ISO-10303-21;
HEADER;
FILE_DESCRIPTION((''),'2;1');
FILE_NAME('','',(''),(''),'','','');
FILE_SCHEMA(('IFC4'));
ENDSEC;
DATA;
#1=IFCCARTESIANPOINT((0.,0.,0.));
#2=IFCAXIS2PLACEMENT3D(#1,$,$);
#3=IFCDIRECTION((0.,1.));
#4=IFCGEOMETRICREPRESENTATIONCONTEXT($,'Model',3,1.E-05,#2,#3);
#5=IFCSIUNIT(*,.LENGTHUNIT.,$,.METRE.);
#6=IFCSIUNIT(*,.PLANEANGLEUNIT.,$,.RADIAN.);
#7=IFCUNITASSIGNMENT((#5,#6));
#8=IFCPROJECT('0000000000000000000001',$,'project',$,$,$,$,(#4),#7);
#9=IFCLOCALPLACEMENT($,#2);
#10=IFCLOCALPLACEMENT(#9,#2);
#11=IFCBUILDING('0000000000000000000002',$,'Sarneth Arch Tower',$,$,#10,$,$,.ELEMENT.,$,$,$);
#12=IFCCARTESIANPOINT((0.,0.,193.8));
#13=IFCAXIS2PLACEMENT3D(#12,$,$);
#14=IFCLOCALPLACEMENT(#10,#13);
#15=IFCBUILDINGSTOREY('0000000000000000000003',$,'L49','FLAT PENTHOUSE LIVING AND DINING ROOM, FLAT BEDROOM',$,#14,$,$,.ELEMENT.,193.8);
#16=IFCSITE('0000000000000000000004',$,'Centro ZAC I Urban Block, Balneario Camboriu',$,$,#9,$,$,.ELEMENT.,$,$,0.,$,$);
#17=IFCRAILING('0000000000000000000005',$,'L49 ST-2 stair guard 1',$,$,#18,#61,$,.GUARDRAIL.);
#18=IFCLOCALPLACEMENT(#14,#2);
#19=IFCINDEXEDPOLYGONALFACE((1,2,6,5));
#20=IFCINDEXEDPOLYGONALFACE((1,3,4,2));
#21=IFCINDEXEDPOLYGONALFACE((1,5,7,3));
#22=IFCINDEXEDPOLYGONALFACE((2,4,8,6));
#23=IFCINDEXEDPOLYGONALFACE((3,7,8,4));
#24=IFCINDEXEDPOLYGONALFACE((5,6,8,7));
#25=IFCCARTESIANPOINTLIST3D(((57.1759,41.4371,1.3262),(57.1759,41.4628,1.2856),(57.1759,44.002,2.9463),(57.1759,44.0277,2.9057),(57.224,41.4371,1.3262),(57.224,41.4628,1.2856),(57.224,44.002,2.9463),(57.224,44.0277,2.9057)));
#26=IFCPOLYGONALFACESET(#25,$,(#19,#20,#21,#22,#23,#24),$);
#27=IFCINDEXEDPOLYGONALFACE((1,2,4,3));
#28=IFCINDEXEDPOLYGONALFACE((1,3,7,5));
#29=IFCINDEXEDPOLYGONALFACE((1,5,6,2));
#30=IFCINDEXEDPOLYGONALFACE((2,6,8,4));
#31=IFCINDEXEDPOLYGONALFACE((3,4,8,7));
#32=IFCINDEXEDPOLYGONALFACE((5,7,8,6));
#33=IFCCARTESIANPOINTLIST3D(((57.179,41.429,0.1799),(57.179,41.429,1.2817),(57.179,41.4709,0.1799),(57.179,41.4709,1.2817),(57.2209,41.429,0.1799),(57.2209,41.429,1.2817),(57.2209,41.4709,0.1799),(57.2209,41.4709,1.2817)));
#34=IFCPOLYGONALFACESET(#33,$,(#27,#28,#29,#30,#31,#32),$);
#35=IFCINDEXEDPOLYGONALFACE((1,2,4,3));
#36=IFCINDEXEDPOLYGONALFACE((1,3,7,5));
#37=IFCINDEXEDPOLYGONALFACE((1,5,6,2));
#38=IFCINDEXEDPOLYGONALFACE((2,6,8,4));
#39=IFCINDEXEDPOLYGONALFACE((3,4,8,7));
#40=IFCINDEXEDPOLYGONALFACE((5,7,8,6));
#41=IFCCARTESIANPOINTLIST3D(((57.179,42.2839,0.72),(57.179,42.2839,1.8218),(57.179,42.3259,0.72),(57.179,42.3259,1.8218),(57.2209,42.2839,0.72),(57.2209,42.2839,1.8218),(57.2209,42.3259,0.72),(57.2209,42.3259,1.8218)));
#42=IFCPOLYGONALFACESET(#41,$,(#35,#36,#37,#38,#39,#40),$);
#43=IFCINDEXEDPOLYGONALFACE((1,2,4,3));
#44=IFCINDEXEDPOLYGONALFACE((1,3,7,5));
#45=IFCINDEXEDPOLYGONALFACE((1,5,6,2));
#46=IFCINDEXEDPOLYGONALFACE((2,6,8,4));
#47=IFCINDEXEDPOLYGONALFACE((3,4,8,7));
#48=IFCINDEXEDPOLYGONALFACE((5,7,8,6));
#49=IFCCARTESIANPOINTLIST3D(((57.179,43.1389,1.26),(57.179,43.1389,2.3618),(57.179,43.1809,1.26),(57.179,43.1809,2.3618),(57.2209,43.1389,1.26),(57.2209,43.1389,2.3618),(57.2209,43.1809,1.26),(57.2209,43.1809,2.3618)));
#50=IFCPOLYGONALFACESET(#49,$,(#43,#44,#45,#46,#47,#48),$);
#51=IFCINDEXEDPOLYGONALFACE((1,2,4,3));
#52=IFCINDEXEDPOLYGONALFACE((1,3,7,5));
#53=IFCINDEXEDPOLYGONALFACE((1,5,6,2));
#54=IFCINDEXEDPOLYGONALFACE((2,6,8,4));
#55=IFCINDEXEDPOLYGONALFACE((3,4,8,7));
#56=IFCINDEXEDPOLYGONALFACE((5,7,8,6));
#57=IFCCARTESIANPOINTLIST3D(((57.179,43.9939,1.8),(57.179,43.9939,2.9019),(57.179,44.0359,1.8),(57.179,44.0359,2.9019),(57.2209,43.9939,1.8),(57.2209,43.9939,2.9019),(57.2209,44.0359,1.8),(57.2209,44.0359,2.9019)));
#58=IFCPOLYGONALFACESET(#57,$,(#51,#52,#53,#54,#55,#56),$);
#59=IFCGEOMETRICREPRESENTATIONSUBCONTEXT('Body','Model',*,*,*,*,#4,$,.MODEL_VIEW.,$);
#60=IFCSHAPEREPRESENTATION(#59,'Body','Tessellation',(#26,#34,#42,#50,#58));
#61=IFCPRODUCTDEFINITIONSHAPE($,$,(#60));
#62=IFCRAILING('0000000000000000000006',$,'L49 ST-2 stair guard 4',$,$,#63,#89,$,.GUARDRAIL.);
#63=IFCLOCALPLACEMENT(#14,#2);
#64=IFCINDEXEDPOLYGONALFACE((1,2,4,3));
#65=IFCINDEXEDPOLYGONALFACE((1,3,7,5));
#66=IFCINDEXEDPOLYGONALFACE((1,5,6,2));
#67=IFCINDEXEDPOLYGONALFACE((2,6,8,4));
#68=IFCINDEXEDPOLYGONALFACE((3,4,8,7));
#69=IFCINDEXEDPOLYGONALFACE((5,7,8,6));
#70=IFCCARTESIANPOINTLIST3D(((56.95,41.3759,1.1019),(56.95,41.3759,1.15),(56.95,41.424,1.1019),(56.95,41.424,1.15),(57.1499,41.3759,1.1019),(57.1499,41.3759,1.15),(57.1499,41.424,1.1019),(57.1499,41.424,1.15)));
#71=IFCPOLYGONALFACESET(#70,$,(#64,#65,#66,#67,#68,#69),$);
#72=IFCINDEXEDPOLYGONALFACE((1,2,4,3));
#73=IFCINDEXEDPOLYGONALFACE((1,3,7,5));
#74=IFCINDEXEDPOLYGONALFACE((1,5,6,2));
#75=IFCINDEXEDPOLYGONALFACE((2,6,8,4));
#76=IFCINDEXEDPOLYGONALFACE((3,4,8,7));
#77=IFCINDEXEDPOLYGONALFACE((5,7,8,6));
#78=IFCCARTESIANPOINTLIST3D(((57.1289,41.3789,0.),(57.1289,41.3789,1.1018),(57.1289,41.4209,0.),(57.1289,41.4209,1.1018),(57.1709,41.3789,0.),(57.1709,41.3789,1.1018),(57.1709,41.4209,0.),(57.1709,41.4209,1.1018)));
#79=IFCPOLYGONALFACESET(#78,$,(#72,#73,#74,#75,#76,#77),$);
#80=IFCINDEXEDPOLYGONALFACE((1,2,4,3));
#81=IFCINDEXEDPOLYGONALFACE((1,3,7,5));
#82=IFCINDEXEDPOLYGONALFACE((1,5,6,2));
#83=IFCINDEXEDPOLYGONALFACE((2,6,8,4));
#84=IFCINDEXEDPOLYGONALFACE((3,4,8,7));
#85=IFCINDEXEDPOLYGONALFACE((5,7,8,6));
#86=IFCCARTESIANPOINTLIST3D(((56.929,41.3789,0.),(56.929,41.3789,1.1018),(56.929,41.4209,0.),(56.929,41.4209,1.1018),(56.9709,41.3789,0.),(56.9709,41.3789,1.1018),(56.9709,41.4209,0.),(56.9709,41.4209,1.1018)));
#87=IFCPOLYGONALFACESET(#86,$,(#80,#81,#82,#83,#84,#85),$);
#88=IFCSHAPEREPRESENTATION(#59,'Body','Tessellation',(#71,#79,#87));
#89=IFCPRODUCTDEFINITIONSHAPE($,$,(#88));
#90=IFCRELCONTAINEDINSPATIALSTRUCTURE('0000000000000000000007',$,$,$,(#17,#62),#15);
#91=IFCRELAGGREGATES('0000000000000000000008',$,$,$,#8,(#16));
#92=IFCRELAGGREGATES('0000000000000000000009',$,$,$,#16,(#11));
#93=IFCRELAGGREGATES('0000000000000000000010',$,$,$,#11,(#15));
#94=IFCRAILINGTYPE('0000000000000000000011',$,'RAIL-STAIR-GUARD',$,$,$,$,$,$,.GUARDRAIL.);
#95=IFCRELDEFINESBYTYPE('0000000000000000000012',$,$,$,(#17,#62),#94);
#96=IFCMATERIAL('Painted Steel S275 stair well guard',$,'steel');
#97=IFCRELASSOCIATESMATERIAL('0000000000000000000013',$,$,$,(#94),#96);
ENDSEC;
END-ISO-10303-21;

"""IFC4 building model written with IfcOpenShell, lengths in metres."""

from ifc_helpers import new_model, si_unit, direction, frame, origin, origin_2d, place, context, subcontext, project, spatial, rectangle, extrude, material, type_object, element, save


model = new_model("IFC4")

# Units and contexts
model_context = context("Model", 3, precision=1e-05, world=origin(), true_north=direction((0.0, 1.0)))
body_context = subcontext(model_context, "Body", "Model", "MODEL_VIEW")
ifc_project = project(units=[si_unit("LENGTHUNIT", "METRE"), si_unit("PLANEANGLEUNIT", "RADIAN")], contexts=[model_context])

# Site, building, storey
site_placement = place(None, origin())
site = spatial("IfcSite", under=ifc_project, at=site_placement, Name="Centro ZAC I Urban Block, Balneario Camboriu", CompositionType="ELEMENT", RefElevation=0.0)
building_placement = place(site_placement, origin())
building = spatial("IfcBuilding", under=site, at=building_placement, Name="Sarneth Arch Tower", CompositionType="ELEMENT")
storey_placement = place(building_placement, frame((0.0, 0.0, 193.8)))
storey = spatial("IfcBuildingStorey", under=building, at=storey_placement, Name="L49", Description="FLAT PENTHOUSE LIVING AND DINING ROOM, FLAT BEDROOM", CompositionType="ELEMENT", Elevation=193.8)

# Railings
ifc_material_1 = material(Name="Painted Steel S275 stair well guard", Category="steel")
railing_type_1 = type_object("IfcRailingType", Name="RAIL-STAIR-GUARD", PredefinedType="GUARDRAIL", material=ifc_material_1)
railing_1_placement = place(storey_placement, frame((57.2, 41.45, 0.1799)))
element("IfcRailing", 1, at=railing_1_placement, inside=storey, type_object=railing_type_1, Name="L49 ST-2 stair guard 1", PredefinedType="GUARDRAIL", context=body_context, shape_type="SweptSolid", body=[
    extrude(rectangle(XDim=0.0481, YDim=0.0481, at=origin_2d()), frame((0.0, 0.0, 1.126), z_axis=(0.0, 0.845466, 0.534029), x_axis=(-1.0, 0.0, 0.0)), (0.0, 0.0, 1.0), 3.0337),
    extrude(rectangle(XDim=0.042, YDim=0.042, at=origin_2d()), origin(), (0.0, 0.0, 1.0), 1.1018),
    extrude(rectangle(XDim=0.042, YDim=0.042, at=origin_2d()), frame((0.0, 0.855, 0.54)), (0.0, 0.0, 1.0), 1.1018),
    extrude(rectangle(XDim=0.042, YDim=0.042, at=origin_2d()), frame((0.0, 1.71, 1.0801)), (0.0, 0.0, 1.0), 1.1018),
    extrude(rectangle(XDim=0.042, YDim=0.042, at=origin_2d()), frame((0.0, 2.5649, 1.6201)), (0.0, 0.0, 1.0), 1.1018),
])
railing_2_placement = place(storey_placement, frame((57.1499, 41.3999, 0.0)))
element("IfcRailing", 2, at=railing_2_placement, inside=storey, type_object=railing_type_1, Name="L49 ST-2 stair guard 4", PredefinedType="GUARDRAIL", context=body_context, shape_type="SweptSolid", body=[
    extrude(rectangle(XDim=0.0481, YDim=0.0481, at=origin_2d()), frame((0.0, 0.0, 1.126), z_axis=(-1.0, 0.0, 0.0), x_axis=(0.0, -1.0, 0.0)), (0.0, 0.0, 1.0), 0.2),
    extrude(rectangle(XDim=0.042, YDim=0.042, at=origin_2d()), origin(), (0.0, 0.0, 1.0), 1.1018),
    extrude(rectangle(XDim=0.042, YDim=0.042, at=origin_2d()), frame((-0.2, 0.0, 0.0)), (0.0, 0.0, 1.0), 1.1018),
])

save(model, "model.ifc")
